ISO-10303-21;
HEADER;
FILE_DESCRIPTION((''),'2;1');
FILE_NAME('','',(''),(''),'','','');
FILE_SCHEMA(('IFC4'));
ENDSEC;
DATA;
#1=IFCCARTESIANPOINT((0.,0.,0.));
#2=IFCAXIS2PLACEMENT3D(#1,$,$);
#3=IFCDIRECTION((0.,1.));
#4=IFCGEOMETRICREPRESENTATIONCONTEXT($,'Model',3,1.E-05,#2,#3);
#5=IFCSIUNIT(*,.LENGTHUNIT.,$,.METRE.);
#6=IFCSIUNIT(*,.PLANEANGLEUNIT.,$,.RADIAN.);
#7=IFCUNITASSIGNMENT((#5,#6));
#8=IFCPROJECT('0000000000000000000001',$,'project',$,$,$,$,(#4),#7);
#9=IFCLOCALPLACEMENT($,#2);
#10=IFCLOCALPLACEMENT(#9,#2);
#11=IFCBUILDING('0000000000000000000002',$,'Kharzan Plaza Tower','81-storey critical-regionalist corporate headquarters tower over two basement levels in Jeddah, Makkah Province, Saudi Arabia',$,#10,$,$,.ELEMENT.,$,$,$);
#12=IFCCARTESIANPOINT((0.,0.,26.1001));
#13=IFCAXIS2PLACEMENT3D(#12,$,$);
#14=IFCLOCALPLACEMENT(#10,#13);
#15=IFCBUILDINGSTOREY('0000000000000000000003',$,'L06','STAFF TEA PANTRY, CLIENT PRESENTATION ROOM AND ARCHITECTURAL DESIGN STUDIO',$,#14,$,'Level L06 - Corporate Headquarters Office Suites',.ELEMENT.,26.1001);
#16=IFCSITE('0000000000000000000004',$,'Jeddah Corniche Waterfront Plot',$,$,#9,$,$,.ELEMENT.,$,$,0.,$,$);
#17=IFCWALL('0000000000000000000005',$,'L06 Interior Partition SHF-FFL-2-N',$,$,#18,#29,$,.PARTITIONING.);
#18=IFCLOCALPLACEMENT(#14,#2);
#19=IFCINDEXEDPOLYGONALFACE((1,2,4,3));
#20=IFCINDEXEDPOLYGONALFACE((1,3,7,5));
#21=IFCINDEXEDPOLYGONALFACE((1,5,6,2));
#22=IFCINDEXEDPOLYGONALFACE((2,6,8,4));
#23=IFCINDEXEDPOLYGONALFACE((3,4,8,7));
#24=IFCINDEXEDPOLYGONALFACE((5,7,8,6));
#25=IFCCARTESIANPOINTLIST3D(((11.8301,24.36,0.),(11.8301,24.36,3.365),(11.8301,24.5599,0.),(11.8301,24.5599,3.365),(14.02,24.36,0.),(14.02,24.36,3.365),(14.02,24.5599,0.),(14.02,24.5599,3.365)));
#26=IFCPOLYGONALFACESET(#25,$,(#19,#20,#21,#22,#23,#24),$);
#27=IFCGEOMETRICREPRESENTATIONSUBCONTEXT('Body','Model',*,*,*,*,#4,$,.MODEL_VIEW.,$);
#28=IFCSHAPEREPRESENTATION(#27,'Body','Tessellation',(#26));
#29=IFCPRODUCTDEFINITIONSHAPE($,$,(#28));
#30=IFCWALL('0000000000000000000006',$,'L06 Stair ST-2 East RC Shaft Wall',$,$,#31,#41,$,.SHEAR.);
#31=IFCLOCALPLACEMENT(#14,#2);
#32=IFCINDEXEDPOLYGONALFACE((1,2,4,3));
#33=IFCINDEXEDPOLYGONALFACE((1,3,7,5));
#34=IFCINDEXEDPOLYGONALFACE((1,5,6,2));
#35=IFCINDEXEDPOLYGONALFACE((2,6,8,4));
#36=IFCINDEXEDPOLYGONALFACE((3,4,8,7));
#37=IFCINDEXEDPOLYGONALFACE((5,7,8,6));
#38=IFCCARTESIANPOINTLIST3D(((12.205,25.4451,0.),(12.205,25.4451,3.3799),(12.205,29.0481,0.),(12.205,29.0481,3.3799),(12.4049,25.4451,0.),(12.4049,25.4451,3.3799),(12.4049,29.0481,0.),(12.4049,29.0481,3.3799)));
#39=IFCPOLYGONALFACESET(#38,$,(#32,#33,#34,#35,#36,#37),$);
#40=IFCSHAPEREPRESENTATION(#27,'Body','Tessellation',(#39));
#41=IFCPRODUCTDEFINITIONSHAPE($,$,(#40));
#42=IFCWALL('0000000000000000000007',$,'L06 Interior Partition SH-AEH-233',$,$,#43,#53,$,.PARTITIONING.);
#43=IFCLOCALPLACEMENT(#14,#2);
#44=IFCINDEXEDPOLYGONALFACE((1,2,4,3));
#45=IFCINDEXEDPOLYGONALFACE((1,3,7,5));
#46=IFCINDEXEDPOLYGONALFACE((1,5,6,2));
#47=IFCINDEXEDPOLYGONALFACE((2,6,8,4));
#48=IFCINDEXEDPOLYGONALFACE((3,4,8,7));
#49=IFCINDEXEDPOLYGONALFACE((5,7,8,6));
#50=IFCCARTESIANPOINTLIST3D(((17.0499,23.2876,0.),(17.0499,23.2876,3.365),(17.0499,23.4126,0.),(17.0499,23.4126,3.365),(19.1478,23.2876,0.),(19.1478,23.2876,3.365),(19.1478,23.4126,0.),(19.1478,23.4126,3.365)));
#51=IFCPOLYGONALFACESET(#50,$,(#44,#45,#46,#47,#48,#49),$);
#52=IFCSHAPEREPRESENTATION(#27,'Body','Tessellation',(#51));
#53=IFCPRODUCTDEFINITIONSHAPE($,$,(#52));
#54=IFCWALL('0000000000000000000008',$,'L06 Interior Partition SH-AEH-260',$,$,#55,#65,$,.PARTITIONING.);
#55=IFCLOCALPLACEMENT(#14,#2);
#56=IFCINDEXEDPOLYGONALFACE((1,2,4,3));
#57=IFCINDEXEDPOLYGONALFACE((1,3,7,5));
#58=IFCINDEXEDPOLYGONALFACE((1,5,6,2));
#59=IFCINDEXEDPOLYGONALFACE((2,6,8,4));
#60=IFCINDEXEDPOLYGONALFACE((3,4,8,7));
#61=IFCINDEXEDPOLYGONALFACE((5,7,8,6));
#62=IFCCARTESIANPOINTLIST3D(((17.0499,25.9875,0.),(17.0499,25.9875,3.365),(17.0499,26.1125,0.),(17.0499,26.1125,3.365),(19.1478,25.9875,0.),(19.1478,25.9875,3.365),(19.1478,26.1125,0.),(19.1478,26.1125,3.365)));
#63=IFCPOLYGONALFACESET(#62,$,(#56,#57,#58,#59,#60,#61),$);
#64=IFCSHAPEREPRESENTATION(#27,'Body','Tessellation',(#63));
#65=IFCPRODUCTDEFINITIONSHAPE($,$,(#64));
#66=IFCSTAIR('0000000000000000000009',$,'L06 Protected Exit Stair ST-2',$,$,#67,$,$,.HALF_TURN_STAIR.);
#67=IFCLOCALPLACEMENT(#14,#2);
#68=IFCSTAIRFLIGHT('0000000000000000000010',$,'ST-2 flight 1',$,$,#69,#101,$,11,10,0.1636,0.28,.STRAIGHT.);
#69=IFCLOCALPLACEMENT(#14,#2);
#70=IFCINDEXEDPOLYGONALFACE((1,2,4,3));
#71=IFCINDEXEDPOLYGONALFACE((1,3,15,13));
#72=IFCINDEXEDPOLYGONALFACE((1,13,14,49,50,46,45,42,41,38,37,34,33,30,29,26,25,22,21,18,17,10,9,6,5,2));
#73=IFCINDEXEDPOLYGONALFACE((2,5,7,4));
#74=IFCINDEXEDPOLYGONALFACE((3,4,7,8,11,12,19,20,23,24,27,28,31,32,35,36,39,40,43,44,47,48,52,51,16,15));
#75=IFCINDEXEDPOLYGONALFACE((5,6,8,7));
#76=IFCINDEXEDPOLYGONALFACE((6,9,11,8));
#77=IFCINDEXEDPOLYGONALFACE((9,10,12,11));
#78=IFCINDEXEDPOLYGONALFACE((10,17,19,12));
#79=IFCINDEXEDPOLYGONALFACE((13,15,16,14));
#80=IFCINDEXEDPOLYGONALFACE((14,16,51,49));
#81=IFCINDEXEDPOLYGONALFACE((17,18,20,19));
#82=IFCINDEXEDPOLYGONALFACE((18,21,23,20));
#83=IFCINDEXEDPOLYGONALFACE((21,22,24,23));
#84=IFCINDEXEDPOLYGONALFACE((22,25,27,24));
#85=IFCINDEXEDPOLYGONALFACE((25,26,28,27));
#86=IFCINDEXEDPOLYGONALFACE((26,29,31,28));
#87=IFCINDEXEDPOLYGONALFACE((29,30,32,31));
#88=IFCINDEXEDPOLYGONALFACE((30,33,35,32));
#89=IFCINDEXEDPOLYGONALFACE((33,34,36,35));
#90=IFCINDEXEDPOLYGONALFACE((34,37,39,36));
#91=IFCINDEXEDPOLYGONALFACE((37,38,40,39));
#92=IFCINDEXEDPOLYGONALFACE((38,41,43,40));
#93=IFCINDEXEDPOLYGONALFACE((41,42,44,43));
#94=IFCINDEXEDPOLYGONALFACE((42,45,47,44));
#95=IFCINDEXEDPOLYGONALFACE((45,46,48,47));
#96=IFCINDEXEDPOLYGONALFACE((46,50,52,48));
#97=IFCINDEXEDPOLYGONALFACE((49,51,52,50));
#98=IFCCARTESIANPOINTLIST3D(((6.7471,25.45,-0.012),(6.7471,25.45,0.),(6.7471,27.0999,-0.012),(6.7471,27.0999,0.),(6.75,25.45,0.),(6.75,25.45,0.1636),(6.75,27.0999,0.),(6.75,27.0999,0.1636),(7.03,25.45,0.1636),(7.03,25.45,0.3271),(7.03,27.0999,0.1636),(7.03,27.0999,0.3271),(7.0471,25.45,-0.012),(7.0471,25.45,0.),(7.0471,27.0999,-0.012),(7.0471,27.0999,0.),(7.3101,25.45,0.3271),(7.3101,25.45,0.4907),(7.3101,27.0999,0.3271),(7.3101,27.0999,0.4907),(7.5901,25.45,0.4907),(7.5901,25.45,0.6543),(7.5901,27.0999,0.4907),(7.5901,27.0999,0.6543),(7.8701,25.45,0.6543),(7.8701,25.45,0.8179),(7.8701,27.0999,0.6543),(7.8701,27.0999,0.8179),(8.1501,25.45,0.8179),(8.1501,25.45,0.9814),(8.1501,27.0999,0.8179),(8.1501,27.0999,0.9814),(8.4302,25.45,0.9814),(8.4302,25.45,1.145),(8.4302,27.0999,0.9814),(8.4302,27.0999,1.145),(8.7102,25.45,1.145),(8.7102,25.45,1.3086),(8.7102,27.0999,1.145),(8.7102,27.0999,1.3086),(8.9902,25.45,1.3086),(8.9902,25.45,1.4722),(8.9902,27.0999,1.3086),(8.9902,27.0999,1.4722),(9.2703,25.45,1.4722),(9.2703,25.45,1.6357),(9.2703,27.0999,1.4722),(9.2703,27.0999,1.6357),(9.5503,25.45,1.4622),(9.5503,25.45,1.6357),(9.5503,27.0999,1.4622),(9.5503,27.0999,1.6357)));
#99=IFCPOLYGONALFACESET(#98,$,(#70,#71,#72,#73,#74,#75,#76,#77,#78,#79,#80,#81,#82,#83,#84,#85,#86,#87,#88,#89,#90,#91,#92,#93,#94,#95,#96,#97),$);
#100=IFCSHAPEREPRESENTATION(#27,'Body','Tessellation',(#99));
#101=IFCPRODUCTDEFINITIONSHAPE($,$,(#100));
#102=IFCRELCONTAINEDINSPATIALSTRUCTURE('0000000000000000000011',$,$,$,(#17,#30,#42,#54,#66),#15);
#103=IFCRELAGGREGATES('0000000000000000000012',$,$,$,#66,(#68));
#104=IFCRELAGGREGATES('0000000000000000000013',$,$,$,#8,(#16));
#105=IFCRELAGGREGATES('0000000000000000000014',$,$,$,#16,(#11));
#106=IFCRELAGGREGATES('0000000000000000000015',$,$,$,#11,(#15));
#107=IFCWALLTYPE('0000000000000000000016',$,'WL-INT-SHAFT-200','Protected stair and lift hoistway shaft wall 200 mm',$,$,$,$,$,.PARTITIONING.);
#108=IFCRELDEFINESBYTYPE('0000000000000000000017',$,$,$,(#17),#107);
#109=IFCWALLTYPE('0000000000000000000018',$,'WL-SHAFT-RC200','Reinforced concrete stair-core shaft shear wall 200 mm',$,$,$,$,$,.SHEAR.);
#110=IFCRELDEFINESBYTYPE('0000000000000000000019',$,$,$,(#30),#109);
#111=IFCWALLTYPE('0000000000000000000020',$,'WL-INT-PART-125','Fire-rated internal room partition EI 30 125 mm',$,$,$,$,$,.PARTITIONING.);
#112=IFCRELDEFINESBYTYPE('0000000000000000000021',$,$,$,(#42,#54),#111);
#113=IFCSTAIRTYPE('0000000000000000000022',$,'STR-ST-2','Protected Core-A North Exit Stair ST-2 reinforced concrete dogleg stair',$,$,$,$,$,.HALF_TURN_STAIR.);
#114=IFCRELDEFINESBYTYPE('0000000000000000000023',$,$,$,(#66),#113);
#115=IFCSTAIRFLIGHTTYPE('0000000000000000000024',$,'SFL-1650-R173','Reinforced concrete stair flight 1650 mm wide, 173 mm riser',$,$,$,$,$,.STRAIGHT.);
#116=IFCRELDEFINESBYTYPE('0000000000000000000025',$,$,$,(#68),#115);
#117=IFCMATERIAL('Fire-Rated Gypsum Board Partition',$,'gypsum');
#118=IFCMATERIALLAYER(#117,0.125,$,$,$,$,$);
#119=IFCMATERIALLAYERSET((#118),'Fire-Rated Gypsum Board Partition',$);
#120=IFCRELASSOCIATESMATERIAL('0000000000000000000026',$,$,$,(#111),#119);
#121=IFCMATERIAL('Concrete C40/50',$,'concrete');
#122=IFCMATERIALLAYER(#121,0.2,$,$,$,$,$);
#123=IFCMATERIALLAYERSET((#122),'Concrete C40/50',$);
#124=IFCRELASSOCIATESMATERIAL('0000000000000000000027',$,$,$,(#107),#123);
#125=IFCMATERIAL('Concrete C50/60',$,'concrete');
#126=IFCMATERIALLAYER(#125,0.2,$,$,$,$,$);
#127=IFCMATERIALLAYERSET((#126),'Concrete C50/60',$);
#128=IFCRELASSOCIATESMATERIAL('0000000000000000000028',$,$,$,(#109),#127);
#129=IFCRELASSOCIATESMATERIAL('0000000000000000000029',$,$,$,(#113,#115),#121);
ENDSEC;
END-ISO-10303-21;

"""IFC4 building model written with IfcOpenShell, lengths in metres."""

from ifc_helpers import new_model, si_unit, direction, frame, frame_2d, origin, place, context, subcontext, project, spatial, polyline, rectangle, outline, extrude, source, transform, mapped, material, layer, layer_set, type_object, element, aggregate, save


model = new_model("IFC4")

# Units and contexts
model_context = context("Model", 3, precision=1e-05, world=origin(), true_north=direction((0.0, 1.0)))
body_context = subcontext(model_context, "Body", "Model", "MODEL_VIEW")
ifc_project = project(units=[si_unit("LENGTHUNIT", "METRE"), si_unit("PLANEANGLEUNIT", "RADIAN")], contexts=[model_context])

# Site, building, storey
site_placement = place(None, origin())
site = spatial("IfcSite", under=ifc_project, at=site_placement, Name="Jeddah Corniche Waterfront Plot", CompositionType="ELEMENT", RefElevation=0.0)
building_placement = place(site_placement, origin())
building = spatial("IfcBuilding", under=site, at=building_placement, Name="Kharzan Plaza Tower", Description="81-storey critical-regionalist corporate headquarters tower over two basement levels in Jeddah, Makkah Province, Saudi Arabia", CompositionType="ELEMENT")
storey_placement = place(building_placement, frame((0.0, 0.0, 26.1001)))
storey = spatial("IfcBuildingStorey", under=building, at=storey_placement, Name="L06", Description="STAFF TEA PANTRY, CLIENT PRESENTATION ROOM AND ARCHITECTURAL DESIGN STUDIO", LongName="Level L06 - Corporate Headquarters Office Suites", CompositionType="ELEMENT", Elevation=26.1001)

# Shared definitions
ifc_material_1 = material(Name="Fire-Rated Gypsum Board Partition", Category="gypsum")
ifc_layer_1 = layer(ifc_material_1, 0.125)
ifc_layer_set_1 = layer_set([ifc_layer_1], Name="Fire-Rated Gypsum Board Partition")
wall_type_1 = type_object("IfcWallType", Name="WL-INT-PART-125", Description="Fire-rated internal room partition EI 30 125 mm", PredefinedType="PARTITIONING", material=ifc_layer_set_1)
ifc_material_2 = material(Name="Concrete C40/50", Category="concrete")
ifc_layer_2 = layer(ifc_material_2, 0.2)
ifc_layer_set_2 = layer_set([ifc_layer_2], Name="Concrete C40/50")
wall_type_2 = type_object("IfcWallType", Name="WL-INT-SHAFT-200", Description="Protected stair and lift hoistway shaft wall 200 mm", PredefinedType="PARTITIONING", material=ifc_layer_set_2)
ifc_material_3 = material(Name="Concrete C50/60", Category="concrete")
ifc_layer_3 = layer(ifc_material_3, 0.2)
ifc_layer_set_3 = layer_set([ifc_layer_3], Name="Concrete C50/60")
wall_type_3 = type_object("IfcWallType", Name="WL-SHAFT-RC200", Description="Reinforced concrete stair-core shaft shear wall 200 mm", PredefinedType="SHEAR", material=ifc_layer_set_3)

# Walls
shared_shape_1 = source(origin(), body_context, "Body", "SweptSolid", [
    extrude(rectangle(XDim=2.1899, YDim=0.2, at=frame_2d((1.095, 0.0))), origin(), (0.0, 0.0, 1.0), 3.365),
])
for number, where, z_axis, x_axis, name in (
    (1, (11.8301, 24.46, 0.0), (0.0, 0.0, 1.0), (1.0, 0.0, 0.0), "L06 Interior Partition SHF-FFL-2-N"),
):
    element("IfcWall", number, at=place(storey_placement, frame(where, z_axis=z_axis, x_axis=x_axis)), inside=storey, type_object=wall_type_2, Name=name, PredefinedType="PARTITIONING", context=body_context, shape_type="MappedRepresentation", body=[
        mapped(shared_shape_1, transform((0.0, 0.0, 0.0), x_axis=(1.0, 0.0, 0.0), y_axis=(0.0, 1.0, 0.0), z_axis=(0.0, 0.0, 1.0))),
    ])
shared_shape_2 = source(origin(), body_context, "Body", "SweptSolid", [
    extrude(rectangle(XDim=3.603, YDim=0.2, at=frame_2d((1.8015, 0.0))), origin(), (0.0, 0.0, 1.0), 3.3799),
])
wall_1_placement = place(storey_placement, frame((12.3049, 25.4451, 0.0), z_axis=(0.0, 0.0, 1.0), x_axis=(0.0, 1.0, 0.0)))
element("IfcWall", 2, at=wall_1_placement, inside=storey, type_object=wall_type_3, Name="L06 Stair ST-2 East RC Shaft Wall", PredefinedType="SHEAR", context=body_context, shape_type="MappedRepresentation", body=[
    mapped(shared_shape_2, transform((0.0, 0.0, 0.0), x_axis=(1.0, 0.0, 0.0), y_axis=(0.0, 1.0, 0.0), z_axis=(0.0, 0.0, 1.0))),
])
shared_shape_3 = source(origin(), body_context, "Body", "SweptSolid", [
    extrude(rectangle(XDim=2.0979, YDim=0.125, at=frame_2d((1.0488, 0.0))), origin(), (0.0, 0.0, 1.0), 3.365),
])
for number, where, z_axis, x_axis, name in (
    (3, (17.05, 23.3501, 0.0), (0.0, 0.0, 1.0), (1.0, 0.0, 0.0), "L06 Interior Partition SH-AEH-233"),
    (4, (17.05, 26.05, 0.0), (0.0, 0.0, 1.0), (1.0, 0.0, 0.0), "L06 Interior Partition SH-AEH-260"),
):
    element("IfcWall", number, at=place(storey_placement, frame(where, z_axis=z_axis, x_axis=x_axis)), inside=storey, type_object=wall_type_1, Name=name, PredefinedType="PARTITIONING", context=body_context, shape_type="MappedRepresentation", body=[
        mapped(shared_shape_3, transform((0.0, 0.0, 0.0), x_axis=(1.0, 0.0, 0.0), y_axis=(0.0, 1.0, 0.0), z_axis=(0.0, 0.0, 1.0))),
    ])

# Stair, stair flight
stair_type = type_object("IfcStairType", Name="STR-ST-2", Description="Protected Core-A North Exit Stair ST-2 reinforced concrete dogleg stair", PredefinedType="HALF_TURN_STAIR", material=ifc_material_2)
stair_placement = place(storey_placement, origin())
stair = element("IfcStair", 5, at=stair_placement, inside=storey, type_object=stair_type, Name="L06 Protected Exit Stair ST-2", PredefinedType="HALF_TURN_STAIR")
stair_flight_type = type_object("IfcStairFlightType", Name="SFL-1650-R173", Description="Reinforced concrete stair flight 1650 mm wide, 173 mm riser", PredefinedType="STRAIGHT", material=ifc_material_2)
shared_shape_4 = source(origin(), body_context, "Body", "SweptSolid", [
    extrude(outline(polyline([(-0.0029, -0.012), (-0.0029, 0.0), (0.0, 0.0), (0.0, 0.1636), (0.28, 0.1636), (0.28, 0.3271), (0.5601, 0.3271), (0.5601, 0.4907), (0.8401, 0.4907), (0.8401, 0.6543), (1.1201, 0.6543), (1.1201, 0.8179), (1.4001, 0.8179), (1.4001, 0.9814), (1.6802, 0.9814), (1.6802, 1.145), (1.9602, 1.145), (1.9602, 1.3086), (2.2402, 1.3086), (2.2402, 1.4722), (2.5203, 1.4722), (2.5203, 1.6357), (2.8003, 1.6357), (2.8003, 1.7993), (2.8003, 1.4622), (0.2971, 0.0), (0.2971, -0.012), (-0.0029, -0.012)])), frame((0.0, 0.825, 0.0), z_axis=(0.0, -1.0, 0.0), x_axis=(1.0, 0.0, 0.0)), (0.0, 0.0, 1.0), 1.6499),
])
stair_flight_placement = place(storey_placement, frame((6.75, 26.2749, 0.0), z_axis=(0.0, 0.0, 1.0), x_axis=(1.0, 0.0, 0.0)))
stair_flight = element("IfcStairFlight", 6, at=stair_flight_placement, type_object=stair_flight_type, Name="ST-2 flight 1", NumberOfRisers=11, NumberOfTreads=10, PredefinedType="STRAIGHT", RiserHeight=0.1636, TreadLength=0.28, context=body_context, shape_type="MappedRepresentation", body=[
    mapped(shared_shape_4, transform((0.0, 0.0, 0.0), x_axis=(1.0, 0.0, 0.0), y_axis=(0.0, 1.0, 0.0), z_axis=(0.0, 0.0, 1.0))),
])
aggregate(stair, [stair_flight])

save(model, "model.ifc")
